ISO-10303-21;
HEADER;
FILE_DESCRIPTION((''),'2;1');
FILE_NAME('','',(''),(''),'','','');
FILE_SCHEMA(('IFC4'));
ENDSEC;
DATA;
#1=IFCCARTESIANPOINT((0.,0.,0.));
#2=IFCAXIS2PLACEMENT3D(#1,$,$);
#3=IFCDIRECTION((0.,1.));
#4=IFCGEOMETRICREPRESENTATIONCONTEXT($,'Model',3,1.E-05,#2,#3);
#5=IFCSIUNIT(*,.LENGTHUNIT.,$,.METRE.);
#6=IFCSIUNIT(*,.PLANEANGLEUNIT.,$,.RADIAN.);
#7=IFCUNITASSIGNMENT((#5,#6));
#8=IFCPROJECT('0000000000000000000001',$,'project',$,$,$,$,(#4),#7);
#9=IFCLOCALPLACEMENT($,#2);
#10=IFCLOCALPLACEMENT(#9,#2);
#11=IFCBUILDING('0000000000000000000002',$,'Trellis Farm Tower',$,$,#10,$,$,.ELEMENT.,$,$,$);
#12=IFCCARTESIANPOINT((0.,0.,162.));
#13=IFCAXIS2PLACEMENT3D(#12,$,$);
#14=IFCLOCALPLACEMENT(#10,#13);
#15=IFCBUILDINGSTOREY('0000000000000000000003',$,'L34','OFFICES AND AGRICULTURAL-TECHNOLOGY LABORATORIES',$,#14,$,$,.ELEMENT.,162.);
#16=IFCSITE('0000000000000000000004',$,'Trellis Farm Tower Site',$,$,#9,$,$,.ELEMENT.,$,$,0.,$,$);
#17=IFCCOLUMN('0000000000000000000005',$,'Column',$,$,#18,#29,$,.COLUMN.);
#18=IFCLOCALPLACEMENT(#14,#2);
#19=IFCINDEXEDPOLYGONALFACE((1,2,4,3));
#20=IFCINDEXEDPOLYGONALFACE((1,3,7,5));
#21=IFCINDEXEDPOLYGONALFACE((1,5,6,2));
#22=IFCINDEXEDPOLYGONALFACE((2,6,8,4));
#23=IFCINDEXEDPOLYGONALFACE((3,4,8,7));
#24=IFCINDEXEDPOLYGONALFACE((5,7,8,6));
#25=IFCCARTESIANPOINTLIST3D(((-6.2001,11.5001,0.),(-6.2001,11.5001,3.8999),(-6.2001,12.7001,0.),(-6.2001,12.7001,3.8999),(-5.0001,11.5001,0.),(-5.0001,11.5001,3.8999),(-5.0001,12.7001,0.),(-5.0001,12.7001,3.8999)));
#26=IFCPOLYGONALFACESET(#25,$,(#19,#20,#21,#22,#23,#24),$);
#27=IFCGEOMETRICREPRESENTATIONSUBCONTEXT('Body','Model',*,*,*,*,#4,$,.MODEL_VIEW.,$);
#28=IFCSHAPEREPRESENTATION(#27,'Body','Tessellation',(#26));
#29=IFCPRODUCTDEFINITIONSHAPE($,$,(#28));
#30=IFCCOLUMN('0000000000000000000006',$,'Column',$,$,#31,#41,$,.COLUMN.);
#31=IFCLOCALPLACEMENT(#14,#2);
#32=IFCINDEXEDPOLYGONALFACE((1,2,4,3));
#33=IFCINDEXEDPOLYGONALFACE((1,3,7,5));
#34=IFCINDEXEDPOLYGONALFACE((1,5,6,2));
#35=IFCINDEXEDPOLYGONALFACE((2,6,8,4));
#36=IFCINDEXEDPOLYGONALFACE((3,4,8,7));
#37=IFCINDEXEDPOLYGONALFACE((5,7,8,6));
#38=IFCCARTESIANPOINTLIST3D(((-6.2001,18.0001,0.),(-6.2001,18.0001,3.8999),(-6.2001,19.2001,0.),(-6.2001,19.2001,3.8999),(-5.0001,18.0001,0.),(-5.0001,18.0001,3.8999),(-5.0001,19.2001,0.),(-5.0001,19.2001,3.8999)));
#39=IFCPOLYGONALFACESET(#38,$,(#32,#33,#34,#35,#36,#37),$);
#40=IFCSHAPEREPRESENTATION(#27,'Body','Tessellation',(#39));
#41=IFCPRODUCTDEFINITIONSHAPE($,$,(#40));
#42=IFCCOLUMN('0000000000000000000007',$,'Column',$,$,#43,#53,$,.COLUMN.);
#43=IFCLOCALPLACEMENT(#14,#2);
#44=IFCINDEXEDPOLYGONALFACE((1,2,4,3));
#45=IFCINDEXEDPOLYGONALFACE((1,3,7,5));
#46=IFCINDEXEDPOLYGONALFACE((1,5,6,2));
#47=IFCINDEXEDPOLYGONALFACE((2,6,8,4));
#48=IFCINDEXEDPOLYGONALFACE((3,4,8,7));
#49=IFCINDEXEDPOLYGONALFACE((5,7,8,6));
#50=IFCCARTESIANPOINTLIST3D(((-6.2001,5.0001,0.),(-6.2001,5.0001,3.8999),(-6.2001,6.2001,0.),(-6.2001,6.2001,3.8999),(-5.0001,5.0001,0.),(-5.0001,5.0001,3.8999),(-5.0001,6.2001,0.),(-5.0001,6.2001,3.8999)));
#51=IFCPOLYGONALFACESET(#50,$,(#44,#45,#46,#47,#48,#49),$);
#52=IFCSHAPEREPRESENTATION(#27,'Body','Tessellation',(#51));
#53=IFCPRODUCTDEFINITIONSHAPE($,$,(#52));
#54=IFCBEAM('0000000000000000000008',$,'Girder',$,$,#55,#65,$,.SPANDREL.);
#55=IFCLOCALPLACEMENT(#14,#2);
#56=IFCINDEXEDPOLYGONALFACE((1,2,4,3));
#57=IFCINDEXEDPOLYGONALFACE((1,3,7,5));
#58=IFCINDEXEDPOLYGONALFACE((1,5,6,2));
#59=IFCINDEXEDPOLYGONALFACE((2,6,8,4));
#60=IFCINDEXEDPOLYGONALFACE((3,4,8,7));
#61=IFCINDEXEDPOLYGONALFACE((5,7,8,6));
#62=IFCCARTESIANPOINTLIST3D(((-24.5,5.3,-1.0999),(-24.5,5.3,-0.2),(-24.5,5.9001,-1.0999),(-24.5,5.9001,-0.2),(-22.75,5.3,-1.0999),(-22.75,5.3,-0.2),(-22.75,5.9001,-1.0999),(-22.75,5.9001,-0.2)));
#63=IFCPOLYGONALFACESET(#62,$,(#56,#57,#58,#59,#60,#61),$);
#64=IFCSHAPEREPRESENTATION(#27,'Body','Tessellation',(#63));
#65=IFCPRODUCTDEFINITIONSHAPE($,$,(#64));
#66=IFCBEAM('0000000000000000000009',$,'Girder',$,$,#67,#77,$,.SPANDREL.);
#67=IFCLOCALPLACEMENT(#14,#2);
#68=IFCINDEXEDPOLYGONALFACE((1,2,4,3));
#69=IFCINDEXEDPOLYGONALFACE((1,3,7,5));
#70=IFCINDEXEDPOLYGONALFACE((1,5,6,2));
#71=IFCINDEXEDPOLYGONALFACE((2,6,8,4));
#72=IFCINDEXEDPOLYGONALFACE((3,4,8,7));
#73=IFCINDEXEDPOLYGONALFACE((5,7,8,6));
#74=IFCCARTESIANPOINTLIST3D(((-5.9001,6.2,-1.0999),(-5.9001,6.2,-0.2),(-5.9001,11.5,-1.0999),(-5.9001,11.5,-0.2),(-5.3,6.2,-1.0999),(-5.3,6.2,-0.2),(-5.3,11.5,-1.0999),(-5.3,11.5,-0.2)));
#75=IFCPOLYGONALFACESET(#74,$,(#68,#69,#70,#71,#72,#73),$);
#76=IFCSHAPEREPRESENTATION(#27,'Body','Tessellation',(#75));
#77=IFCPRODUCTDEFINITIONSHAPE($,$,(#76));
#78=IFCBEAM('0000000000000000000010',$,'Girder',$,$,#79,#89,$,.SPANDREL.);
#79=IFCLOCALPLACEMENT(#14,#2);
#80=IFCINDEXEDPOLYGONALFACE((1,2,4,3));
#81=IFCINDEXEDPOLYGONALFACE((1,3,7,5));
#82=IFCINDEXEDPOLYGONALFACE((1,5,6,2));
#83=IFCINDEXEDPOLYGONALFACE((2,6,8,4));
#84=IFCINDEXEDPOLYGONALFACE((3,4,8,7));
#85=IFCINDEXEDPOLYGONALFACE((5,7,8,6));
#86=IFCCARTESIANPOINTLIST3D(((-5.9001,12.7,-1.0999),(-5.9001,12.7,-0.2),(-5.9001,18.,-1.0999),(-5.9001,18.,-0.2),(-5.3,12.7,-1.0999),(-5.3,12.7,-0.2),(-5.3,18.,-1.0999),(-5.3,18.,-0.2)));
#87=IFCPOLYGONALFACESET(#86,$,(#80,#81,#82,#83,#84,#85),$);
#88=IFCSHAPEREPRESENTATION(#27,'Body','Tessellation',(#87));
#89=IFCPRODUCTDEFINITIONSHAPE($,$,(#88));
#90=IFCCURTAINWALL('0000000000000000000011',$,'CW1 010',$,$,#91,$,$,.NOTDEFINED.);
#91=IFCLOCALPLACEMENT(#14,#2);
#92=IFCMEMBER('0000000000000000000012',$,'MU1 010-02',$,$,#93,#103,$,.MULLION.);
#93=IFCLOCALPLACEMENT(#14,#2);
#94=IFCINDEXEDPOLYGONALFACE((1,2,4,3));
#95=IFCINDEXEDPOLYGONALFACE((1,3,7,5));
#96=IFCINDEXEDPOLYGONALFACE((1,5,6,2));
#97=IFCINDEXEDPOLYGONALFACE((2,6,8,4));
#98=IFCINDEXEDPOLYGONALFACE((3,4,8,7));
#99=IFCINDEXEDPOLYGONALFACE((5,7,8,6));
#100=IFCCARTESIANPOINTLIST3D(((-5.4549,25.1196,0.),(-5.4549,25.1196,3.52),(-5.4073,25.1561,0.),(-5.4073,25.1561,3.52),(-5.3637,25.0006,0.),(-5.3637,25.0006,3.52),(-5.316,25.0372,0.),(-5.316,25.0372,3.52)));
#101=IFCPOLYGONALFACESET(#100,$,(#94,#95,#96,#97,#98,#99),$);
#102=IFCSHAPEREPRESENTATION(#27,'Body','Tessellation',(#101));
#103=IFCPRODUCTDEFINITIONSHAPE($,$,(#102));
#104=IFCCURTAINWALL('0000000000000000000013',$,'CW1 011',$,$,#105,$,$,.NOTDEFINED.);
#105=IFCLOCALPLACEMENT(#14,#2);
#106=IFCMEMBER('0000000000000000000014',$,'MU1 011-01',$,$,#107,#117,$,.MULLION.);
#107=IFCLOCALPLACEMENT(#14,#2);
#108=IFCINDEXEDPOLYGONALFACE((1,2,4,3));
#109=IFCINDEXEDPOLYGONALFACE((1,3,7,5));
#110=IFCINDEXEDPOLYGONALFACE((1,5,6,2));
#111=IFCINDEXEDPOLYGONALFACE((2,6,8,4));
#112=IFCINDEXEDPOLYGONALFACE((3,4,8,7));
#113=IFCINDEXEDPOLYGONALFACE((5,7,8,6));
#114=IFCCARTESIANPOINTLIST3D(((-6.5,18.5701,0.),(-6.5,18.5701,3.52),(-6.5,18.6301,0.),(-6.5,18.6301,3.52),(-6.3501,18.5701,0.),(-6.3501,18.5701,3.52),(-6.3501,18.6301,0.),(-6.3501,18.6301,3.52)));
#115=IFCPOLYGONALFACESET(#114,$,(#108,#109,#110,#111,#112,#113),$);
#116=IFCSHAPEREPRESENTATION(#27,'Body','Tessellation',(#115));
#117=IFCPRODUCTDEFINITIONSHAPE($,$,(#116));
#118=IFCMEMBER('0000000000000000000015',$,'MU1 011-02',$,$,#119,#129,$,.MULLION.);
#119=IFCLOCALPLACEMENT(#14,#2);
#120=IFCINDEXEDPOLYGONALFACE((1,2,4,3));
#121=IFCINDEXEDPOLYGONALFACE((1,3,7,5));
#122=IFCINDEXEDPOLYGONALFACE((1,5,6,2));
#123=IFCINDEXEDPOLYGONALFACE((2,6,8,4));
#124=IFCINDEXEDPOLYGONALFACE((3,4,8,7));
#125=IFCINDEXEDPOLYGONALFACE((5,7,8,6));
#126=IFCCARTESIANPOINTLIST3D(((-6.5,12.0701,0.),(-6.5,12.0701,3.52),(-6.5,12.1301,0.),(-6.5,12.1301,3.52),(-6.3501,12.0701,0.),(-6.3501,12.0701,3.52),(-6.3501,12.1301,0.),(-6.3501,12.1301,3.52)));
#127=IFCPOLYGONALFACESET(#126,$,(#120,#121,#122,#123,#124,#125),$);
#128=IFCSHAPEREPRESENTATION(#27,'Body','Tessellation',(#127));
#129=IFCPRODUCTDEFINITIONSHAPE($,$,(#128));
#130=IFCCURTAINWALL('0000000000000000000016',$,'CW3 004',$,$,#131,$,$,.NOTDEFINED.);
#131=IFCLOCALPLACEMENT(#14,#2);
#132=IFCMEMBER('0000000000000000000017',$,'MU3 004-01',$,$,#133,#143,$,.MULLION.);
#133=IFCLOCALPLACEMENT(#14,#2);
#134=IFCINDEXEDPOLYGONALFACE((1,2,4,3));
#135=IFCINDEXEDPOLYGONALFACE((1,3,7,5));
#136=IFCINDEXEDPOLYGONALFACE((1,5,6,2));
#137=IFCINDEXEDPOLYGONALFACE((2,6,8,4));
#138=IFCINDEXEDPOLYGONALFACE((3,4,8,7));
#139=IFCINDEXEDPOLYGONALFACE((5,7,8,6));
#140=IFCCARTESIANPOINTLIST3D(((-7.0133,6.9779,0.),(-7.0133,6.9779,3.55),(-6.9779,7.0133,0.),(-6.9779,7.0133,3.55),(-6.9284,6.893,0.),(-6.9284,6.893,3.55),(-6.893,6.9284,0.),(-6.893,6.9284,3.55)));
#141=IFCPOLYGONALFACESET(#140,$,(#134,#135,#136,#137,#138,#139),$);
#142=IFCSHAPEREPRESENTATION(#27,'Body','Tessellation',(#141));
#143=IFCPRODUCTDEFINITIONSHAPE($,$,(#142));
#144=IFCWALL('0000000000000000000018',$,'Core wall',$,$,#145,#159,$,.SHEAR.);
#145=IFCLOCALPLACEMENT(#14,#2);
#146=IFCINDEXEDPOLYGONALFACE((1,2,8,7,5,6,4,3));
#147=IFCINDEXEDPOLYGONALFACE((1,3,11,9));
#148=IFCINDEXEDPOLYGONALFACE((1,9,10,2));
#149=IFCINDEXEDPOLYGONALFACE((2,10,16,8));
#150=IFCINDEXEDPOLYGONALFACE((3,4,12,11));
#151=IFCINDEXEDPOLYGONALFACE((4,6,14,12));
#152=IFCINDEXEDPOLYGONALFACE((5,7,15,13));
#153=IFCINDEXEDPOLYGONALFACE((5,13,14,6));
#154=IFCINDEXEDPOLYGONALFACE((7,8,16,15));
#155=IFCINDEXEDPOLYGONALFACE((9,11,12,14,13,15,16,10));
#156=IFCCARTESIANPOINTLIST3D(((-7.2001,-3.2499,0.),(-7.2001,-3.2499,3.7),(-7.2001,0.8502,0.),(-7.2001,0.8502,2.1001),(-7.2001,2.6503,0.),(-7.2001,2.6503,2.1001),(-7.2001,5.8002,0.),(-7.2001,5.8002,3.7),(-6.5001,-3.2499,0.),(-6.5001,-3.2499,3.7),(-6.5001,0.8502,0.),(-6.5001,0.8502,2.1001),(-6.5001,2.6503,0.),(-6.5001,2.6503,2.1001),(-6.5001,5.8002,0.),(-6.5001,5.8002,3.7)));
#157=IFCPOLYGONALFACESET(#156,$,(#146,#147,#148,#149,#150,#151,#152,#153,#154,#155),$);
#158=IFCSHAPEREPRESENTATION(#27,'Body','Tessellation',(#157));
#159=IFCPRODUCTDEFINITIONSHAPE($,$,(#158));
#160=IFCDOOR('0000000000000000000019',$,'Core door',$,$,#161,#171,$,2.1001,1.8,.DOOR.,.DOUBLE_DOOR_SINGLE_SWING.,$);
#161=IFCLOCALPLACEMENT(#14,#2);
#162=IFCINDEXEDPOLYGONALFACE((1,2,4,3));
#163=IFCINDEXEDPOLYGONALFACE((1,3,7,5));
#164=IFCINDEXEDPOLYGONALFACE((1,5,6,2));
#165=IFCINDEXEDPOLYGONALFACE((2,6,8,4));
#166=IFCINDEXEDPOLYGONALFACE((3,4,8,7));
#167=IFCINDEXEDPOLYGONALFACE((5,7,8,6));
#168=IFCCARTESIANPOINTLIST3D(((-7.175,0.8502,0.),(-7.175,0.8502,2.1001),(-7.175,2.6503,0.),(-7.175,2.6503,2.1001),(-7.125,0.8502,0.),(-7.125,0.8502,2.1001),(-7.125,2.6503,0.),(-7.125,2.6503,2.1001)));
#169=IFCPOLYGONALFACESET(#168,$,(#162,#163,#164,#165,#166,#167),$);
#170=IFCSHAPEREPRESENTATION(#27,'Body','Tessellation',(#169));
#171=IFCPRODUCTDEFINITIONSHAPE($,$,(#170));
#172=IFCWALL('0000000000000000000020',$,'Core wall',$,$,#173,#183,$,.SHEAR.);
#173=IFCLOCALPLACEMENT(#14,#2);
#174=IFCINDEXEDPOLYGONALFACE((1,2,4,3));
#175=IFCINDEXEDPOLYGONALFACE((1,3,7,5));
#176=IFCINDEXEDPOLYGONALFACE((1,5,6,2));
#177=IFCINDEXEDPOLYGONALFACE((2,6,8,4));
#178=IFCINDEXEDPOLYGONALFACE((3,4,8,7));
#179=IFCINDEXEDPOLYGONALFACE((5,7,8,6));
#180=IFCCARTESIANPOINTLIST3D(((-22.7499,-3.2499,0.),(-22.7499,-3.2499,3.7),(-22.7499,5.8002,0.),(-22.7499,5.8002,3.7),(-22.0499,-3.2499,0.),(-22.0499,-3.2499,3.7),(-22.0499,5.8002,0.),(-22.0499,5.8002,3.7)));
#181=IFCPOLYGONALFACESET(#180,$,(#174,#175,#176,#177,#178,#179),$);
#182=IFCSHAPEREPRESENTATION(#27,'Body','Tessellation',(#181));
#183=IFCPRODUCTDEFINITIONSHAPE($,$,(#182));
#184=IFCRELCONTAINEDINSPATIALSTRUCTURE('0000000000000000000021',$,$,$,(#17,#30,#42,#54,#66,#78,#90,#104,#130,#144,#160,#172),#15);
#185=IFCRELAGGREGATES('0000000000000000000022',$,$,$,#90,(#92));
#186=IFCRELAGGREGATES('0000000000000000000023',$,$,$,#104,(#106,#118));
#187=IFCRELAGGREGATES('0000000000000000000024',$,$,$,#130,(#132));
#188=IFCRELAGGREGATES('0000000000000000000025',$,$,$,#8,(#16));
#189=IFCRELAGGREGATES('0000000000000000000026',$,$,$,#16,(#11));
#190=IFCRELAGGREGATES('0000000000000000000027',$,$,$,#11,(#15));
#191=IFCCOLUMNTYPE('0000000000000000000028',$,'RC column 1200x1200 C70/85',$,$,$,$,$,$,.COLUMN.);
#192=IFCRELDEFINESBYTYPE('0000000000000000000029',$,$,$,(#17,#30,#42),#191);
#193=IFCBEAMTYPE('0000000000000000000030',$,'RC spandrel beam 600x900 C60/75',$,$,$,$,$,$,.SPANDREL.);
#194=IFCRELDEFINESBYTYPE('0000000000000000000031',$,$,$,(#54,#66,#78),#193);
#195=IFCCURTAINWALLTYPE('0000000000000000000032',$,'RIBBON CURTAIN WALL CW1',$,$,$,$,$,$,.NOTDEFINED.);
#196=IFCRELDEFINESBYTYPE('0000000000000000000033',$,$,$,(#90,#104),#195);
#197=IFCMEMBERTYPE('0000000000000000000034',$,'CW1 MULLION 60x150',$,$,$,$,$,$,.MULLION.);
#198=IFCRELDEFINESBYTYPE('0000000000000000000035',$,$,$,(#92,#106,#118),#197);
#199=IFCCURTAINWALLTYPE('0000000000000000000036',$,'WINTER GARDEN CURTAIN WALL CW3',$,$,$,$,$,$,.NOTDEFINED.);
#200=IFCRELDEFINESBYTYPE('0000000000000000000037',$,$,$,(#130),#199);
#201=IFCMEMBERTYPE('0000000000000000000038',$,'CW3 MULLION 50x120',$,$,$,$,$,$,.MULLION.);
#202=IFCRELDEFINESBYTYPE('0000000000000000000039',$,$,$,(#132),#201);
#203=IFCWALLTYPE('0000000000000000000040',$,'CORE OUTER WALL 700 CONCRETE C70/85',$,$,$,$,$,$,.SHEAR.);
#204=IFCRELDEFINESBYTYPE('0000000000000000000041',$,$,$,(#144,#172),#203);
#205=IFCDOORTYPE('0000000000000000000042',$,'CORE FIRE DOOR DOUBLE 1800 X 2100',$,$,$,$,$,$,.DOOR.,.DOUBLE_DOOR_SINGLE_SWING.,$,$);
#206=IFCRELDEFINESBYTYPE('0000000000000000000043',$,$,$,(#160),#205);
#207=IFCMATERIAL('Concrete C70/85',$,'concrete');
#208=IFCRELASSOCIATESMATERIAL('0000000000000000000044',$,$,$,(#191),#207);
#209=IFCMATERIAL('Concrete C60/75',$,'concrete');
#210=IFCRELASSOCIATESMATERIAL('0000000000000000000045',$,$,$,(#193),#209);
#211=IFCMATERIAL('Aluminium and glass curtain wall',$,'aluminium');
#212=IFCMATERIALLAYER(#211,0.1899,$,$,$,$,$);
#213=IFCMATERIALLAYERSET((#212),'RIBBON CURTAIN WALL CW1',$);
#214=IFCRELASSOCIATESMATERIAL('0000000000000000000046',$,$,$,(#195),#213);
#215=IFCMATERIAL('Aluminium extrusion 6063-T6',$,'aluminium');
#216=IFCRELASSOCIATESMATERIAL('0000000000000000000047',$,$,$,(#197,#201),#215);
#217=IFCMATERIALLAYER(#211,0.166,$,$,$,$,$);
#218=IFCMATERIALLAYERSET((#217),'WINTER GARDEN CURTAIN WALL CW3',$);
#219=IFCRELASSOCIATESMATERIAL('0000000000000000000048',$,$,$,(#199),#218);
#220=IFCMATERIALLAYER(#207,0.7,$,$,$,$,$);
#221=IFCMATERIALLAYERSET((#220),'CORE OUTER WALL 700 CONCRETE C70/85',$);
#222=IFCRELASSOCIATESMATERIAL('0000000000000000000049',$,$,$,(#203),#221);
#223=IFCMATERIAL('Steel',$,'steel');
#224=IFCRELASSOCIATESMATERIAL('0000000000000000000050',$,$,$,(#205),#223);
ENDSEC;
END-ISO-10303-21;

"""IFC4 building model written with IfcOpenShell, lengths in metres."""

from ifc_helpers import new_model, si_unit, direction, frame, frame_2d, origin, origin_2d, place, context, subcontext, project, spatial, rectangle, extrude, source, transform, mapped, material, layer, layer_set, material_profile, profile_set, type_object, element, fill, aggregate, save


model = new_model("IFC4")

# Units and contexts
model_context = context("Model", 3, precision=1e-05, world=origin(), true_north=direction((0.0, 1.0)))
body_context = subcontext(model_context, "Body", "Model", "MODEL_VIEW")
ifc_project = project(units=[si_unit("LENGTHUNIT", "METRE"), si_unit("PLANEANGLEUNIT", "RADIAN")], contexts=[model_context])

# Site, building, storey
site_placement = place(None, origin())
site = spatial("IfcSite", under=ifc_project, at=site_placement, Name="Trellis Farm Tower Site", CompositionType="ELEMENT", RefElevation=0.0)
building_placement = place(site_placement, origin())
building = spatial("IfcBuilding", under=site, at=building_placement, Name="Trellis Farm Tower", CompositionType="ELEMENT")
storey_placement = place(building_placement, frame((0.0, 0.0, 162.0)))
storey = spatial("IfcBuildingStorey", under=building, at=storey_placement, Name="L34", Description="OFFICES AND AGRICULTURAL-TECHNOLOGY LABORATORIES", CompositionType="ELEMENT", Elevation=162.0)

# Columns
ifc_material_1 = material(Name="Concrete C70/85", Category="concrete")
ifc_material_profile_1 = material_profile(ifc_material_1, rectangle(XDim=1.2, YDim=1.2, at=origin_2d()), Name="RC column 1200x1200 C70/85")
ifc_profile_set_1 = profile_set([ifc_material_profile_1], Name="Concrete C70/85")
column_type = type_object("IfcColumnType", Name="RC column 1200x1200 C70/85", PredefinedType="COLUMN", material=ifc_profile_set_1)
shared_shape_1 = source(origin(), body_context, "Body", "SweptSolid", [
    extrude(rectangle(XDim=1.2, YDim=1.2, at=origin_2d()), origin(), (0.0, 0.0, 1.0), 3.8999),
])
for number, where, z_axis, x_axis, name in (
    (1, (-5.6001, 12.1001, 0.0), (0.0, 0.0, 1.0), (1.0, 0.0, 0.0), "Column"),
    (2, (-5.6001, 18.6001, 0.0), (0.0, 0.0, 1.0), (1.0, 0.0, 0.0), "Column"),
    (3, (-5.6001, 5.6001, 0.0), (0.0, 0.0, 1.0), (1.0, 0.0, 0.0), "Column"),
):
    element("IfcColumn", number, at=place(storey_placement, frame(where, z_axis=z_axis, x_axis=x_axis)), inside=storey, type_object=column_type, Name=name, PredefinedType="COLUMN", context=body_context, shape_type="MappedRepresentation", body=[
        mapped(shared_shape_1, transform((0.0, 0.0, 0.0))),
    ])

# Beams
ifc_material_2 = material(Name="Concrete C60/75", Category="concrete")
ifc_material_profile_2 = material_profile(ifc_material_2, rectangle(XDim=0.6001, YDim=0.8999, at=origin_2d()), Name="RC spandrel beam 600x900 C60/75")
ifc_profile_set_2 = profile_set([ifc_material_profile_2], Name="Concrete C60/75")
beam_type = type_object("IfcBeamType", Name="RC spandrel beam 600x900 C60/75", PredefinedType="SPANDREL", material=ifc_profile_set_2)
beam_placement = place(storey_placement, frame((-24.5, 5.6001, -0.6499), z_axis=(1.0, 0.0, 0.0), x_axis=(0.0, 1.0, 0.0)))
element("IfcBeam", 4, at=beam_placement, inside=storey, type_object=beam_type, Name="Girder", PredefinedType="SPANDREL", context=body_context, shape_type="SweptSolid", body=[
    extrude(rectangle(XDim=0.6001, YDim=0.8999, at=origin_2d()), origin(), (0.0, 0.0, 1.0), 1.75),
])
shared_shape_2 = source(origin(), body_context, "Body", "SweptSolid", [
    extrude(rectangle(XDim=0.6001, YDim=0.8999, at=origin_2d()), origin(), (0.0, 0.0, 1.0), 5.3),
])
for number, where, z_axis, x_axis, name in (
    (5, (-5.6001, 6.2, -0.6499), (0.0, 1.0, 0.0), (-1.0, 0.0, 0.0), "Girder"),
    (6, (-5.6001, 12.7, -0.6499), (0.0, 1.0, 0.0), (-1.0, 0.0, 0.0), "Girder"),
):
    element("IfcBeam", number, at=place(storey_placement, frame(where, z_axis=z_axis, x_axis=x_axis)), inside=storey, type_object=beam_type, Name=name, PredefinedType="SPANDREL", context=body_context, shape_type="MappedRepresentation", body=[
        mapped(shared_shape_2, transform((0.0, 0.0, 0.0))),
    ])

# Curtain wall, member
ifc_material_3 = material(Name="Aluminium and glass curtain wall", Category="aluminium")
ifc_layer_1 = layer(ifc_material_3, 0.1899)
ifc_layer_set_1 = layer_set([ifc_layer_1], Name="RIBBON CURTAIN WALL CW1")
curtain_wall_type_1 = type_object("IfcCurtainWallType", Name="RIBBON CURTAIN WALL CW1", PredefinedType="NOTDEFINED", material=ifc_layer_set_1)
placement = place(storey_placement, origin())
curtain_wall_1 = element("IfcCurtainWall", 7, at=placement, inside=storey, type_object=curtain_wall_type_1, Name="CW1 010", PredefinedType="NOTDEFINED")
ifc_material_4 = material(Name="Aluminium extrusion 6063-T6", Category="aluminium")
ifc_material_profile_3 = material_profile(ifc_material_4, rectangle(XDim=0.0601, YDim=0.1499, at=origin_2d()), Name="MULLION 60x150")
ifc_profile_set_3 = profile_set([ifc_material_profile_3], Name="Aluminium extrusion 6063-T6")
member_type_1 = type_object("IfcMemberType", Name="CW1 MULLION 60x150", PredefinedType="MULLION", material=ifc_profile_set_3)
shared_shape_3 = source(origin(), body_context, "Body", "SweptSolid", [
    extrude(rectangle(XDim=0.0601, YDim=0.1499, at=origin_2d()), origin(), (0.0, 0.0, 1.0), 3.52),
])
member_1_placement = place(storey_placement, frame((-5.3855, 25.0784, 0.0), z_axis=(0.0, 0.0, 1.0), x_axis=(-0.793353, -0.608761, 0.0)))
member_1 = element("IfcMember", 8, at=member_1_placement, type_object=member_type_1, Name="MU1 010-02", PredefinedType="MULLION", context=body_context, shape_type="MappedRepresentation", body=[
    mapped(shared_shape_3, transform((0.0, 0.0, 0.0))),
])
aggregate(curtain_wall_1, [member_1])

# Curtain wall, members
curtain_wall_2 = element("IfcCurtainWall", 9, at=placement, inside=storey, type_object=curtain_wall_type_1, Name="CW1 011", PredefinedType="NOTDEFINED")
member_2_placement = place(storey_placement, frame((-6.425, 18.6001, 0.0), z_axis=(0.0, 0.0, 1.0), x_axis=(0.0, -1.0, 0.0)))
member_2 = element("IfcMember", 10, at=member_2_placement, type_object=member_type_1, Name="MU1 011-01", PredefinedType="MULLION", context=body_context, shape_type="MappedRepresentation", body=[
    mapped(shared_shape_3, transform((0.0, 0.0, 0.0))),
])
member_3_placement = place(storey_placement, frame((-6.425, 12.1001, 0.0), z_axis=(0.0, 0.0, 1.0), x_axis=(0.0, -1.0, 0.0)))
member_3 = element("IfcMember", 11, at=member_3_placement, type_object=member_type_1, Name="MU1 011-02", PredefinedType="MULLION", context=body_context, shape_type="MappedRepresentation", body=[
    mapped(shared_shape_3, transform((0.0, 0.0, 0.0))),
])
aggregate(curtain_wall_2, [member_2, member_3])

# Curtain wall, member
ifc_layer_2 = layer(ifc_material_3, 0.166)
ifc_layer_set_2 = layer_set([ifc_layer_2], Name="WINTER GARDEN CURTAIN WALL CW3")
curtain_wall_type_2 = type_object("IfcCurtainWallType", Name="WINTER GARDEN CURTAIN WALL CW3", PredefinedType="NOTDEFINED", material=ifc_layer_set_2)
curtain_wall_3 = element("IfcCurtainWall", 12, at=placement, inside=storey, type_object=curtain_wall_type_2, Name="CW3 004", PredefinedType="NOTDEFINED")
ifc_material_profile_4 = material_profile(ifc_material_4, rectangle(XDim=0.05, YDim=0.1201, at=origin_2d()), Name="MULLION 50x120")
ifc_profile_set_4 = profile_set([ifc_material_profile_4], Name="Aluminium extrusion 6063-T6")
member_type_2 = type_object("IfcMemberType", Name="CW3 MULLION 50x120", PredefinedType="MULLION", material=ifc_profile_set_4)
shared_shape_4 = source(origin(), body_context, "Body", "SweptSolid", [
    extrude(rectangle(XDim=0.05, YDim=0.1201, at=origin_2d()), origin(), (0.0, 0.0, 1.0), 3.55),
])
member_4_placement = place(storey_placement, frame((-6.9531, 6.9531, 0.0), z_axis=(0.0, 0.0, 1.0), x_axis=(-0.707107, -0.707107, 0.0)))
member_4 = element("IfcMember", 13, at=member_4_placement, type_object=member_type_2, Name="MU3 004-01", PredefinedType="MULLION", context=body_context, shape_type="MappedRepresentation", body=[
    mapped(shared_shape_4, transform((0.0, 0.0, 0.0))),
])
aggregate(curtain_wall_3, [member_4])

# Wall, opening, door
ifc_layer_3 = layer(ifc_material_1, 0.7)
ifc_layer_set_3 = layer_set([ifc_layer_3], Name="CORE OUTER WALL 700 CONCRETE C70/85")
wall_type_1 = type_object("IfcWallType", Name="CORE OUTER WALL 700 CONCRETE C70/85", PredefinedType="SHEAR", material=ifc_layer_set_3)
shared_shape_5 = source(origin(), body_context, "Body", "SweptSolid", [
    extrude(rectangle(XDim=9.05, YDim=0.7, at=frame_2d((4.5249, 0.0))), origin(), (0.0, 0.0, 1.0), 3.7),
])
wall_1_placement = place(storey_placement, frame((-6.8501, 5.8, 0.0), z_axis=(0.0, 0.0, 1.0), x_axis=(0.0, -1.0, 0.0)))
wall_1 = element("IfcWall", 14, at=wall_1_placement, inside=storey, type_object=wall_type_1, Name="Core wall", PredefinedType="SHEAR", context=body_context, shape_type="MappedRepresentation", body=[
    mapped(shared_shape_5, transform((0.0, 0.0, 0.0))),
])
shared_shape_6 = source(origin(), body_context, "Body", "SweptSolid", [
    extrude(rectangle(XDim=1.8, YDim=2.1001, at=frame_2d((0.8999, 1.05))), frame((0.0, 0.3601, 0.0), z_axis=(0.0, -1.0, 0.0), x_axis=(1.0, 0.0, 0.0)), (0.0, 0.0, 1.0), 0.7202),
])
opening_1_placement = place(wall_1_placement, frame((3.1499, 0.0, 0.0)))
opening_1 = element("IfcOpeningElement", 15, at=opening_1_placement, cuts=wall_1, PredefinedType="OPENING", context=body_context, shape_type="MappedRepresentation", body=[
    mapped(shared_shape_6, transform((0.0, 0.0, 0.0))),
])
ifc_material_5 = material(Name="Steel", Category="steel")
door_type_1 = type_object("IfcDoorType", Name="CORE FIRE DOOR DOUBLE 1800 X 2100", OperationType="DOUBLE_DOOR_SINGLE_SWING", PredefinedType="DOOR", material=ifc_material_5)
shared_shape_7 = source(origin(), body_context, "Body", "SweptSolid", [
    extrude(rectangle(XDim=1.8, YDim=2.1001, at=frame_2d((0.8999, 1.05))), frame((0.0, -0.2749, 0.0), z_axis=(0.0, -1.0, 0.0), x_axis=(1.0, 0.0, 0.0)), (0.0, 0.0, 1.0), 0.05),
])
door_1_placement = place(opening_1_placement, origin())
door_1 = element("IfcDoor", 16, at=door_1_placement, inside=storey, type_object=door_type_1, Name="Core door", OperationType="DOUBLE_DOOR_SINGLE_SWING", OverallHeight=2.1001, OverallWidth=1.8, PredefinedType="DOOR", context=body_context, shape_type="MappedRepresentation", body=[
    mapped(shared_shape_7, transform((0.0, 0.0, 0.0))),
])
fill(opening_1, door_1)

# Wall
wall_2_placement = place(storey_placement, frame((-22.3999, 5.8, 0.0), z_axis=(0.0, 0.0, 1.0), x_axis=(0.0, -1.0, 0.0)))
element("IfcWall", 17, at=wall_2_placement, inside=storey, type_object=wall_type_1, Name="Core wall", PredefinedType="SHEAR", context=body_context, shape_type="MappedRepresentation", body=[
    mapped(shared_shape_5, transform((0.0, 0.0, 0.0))),
])

save(model, "model.ifc")
